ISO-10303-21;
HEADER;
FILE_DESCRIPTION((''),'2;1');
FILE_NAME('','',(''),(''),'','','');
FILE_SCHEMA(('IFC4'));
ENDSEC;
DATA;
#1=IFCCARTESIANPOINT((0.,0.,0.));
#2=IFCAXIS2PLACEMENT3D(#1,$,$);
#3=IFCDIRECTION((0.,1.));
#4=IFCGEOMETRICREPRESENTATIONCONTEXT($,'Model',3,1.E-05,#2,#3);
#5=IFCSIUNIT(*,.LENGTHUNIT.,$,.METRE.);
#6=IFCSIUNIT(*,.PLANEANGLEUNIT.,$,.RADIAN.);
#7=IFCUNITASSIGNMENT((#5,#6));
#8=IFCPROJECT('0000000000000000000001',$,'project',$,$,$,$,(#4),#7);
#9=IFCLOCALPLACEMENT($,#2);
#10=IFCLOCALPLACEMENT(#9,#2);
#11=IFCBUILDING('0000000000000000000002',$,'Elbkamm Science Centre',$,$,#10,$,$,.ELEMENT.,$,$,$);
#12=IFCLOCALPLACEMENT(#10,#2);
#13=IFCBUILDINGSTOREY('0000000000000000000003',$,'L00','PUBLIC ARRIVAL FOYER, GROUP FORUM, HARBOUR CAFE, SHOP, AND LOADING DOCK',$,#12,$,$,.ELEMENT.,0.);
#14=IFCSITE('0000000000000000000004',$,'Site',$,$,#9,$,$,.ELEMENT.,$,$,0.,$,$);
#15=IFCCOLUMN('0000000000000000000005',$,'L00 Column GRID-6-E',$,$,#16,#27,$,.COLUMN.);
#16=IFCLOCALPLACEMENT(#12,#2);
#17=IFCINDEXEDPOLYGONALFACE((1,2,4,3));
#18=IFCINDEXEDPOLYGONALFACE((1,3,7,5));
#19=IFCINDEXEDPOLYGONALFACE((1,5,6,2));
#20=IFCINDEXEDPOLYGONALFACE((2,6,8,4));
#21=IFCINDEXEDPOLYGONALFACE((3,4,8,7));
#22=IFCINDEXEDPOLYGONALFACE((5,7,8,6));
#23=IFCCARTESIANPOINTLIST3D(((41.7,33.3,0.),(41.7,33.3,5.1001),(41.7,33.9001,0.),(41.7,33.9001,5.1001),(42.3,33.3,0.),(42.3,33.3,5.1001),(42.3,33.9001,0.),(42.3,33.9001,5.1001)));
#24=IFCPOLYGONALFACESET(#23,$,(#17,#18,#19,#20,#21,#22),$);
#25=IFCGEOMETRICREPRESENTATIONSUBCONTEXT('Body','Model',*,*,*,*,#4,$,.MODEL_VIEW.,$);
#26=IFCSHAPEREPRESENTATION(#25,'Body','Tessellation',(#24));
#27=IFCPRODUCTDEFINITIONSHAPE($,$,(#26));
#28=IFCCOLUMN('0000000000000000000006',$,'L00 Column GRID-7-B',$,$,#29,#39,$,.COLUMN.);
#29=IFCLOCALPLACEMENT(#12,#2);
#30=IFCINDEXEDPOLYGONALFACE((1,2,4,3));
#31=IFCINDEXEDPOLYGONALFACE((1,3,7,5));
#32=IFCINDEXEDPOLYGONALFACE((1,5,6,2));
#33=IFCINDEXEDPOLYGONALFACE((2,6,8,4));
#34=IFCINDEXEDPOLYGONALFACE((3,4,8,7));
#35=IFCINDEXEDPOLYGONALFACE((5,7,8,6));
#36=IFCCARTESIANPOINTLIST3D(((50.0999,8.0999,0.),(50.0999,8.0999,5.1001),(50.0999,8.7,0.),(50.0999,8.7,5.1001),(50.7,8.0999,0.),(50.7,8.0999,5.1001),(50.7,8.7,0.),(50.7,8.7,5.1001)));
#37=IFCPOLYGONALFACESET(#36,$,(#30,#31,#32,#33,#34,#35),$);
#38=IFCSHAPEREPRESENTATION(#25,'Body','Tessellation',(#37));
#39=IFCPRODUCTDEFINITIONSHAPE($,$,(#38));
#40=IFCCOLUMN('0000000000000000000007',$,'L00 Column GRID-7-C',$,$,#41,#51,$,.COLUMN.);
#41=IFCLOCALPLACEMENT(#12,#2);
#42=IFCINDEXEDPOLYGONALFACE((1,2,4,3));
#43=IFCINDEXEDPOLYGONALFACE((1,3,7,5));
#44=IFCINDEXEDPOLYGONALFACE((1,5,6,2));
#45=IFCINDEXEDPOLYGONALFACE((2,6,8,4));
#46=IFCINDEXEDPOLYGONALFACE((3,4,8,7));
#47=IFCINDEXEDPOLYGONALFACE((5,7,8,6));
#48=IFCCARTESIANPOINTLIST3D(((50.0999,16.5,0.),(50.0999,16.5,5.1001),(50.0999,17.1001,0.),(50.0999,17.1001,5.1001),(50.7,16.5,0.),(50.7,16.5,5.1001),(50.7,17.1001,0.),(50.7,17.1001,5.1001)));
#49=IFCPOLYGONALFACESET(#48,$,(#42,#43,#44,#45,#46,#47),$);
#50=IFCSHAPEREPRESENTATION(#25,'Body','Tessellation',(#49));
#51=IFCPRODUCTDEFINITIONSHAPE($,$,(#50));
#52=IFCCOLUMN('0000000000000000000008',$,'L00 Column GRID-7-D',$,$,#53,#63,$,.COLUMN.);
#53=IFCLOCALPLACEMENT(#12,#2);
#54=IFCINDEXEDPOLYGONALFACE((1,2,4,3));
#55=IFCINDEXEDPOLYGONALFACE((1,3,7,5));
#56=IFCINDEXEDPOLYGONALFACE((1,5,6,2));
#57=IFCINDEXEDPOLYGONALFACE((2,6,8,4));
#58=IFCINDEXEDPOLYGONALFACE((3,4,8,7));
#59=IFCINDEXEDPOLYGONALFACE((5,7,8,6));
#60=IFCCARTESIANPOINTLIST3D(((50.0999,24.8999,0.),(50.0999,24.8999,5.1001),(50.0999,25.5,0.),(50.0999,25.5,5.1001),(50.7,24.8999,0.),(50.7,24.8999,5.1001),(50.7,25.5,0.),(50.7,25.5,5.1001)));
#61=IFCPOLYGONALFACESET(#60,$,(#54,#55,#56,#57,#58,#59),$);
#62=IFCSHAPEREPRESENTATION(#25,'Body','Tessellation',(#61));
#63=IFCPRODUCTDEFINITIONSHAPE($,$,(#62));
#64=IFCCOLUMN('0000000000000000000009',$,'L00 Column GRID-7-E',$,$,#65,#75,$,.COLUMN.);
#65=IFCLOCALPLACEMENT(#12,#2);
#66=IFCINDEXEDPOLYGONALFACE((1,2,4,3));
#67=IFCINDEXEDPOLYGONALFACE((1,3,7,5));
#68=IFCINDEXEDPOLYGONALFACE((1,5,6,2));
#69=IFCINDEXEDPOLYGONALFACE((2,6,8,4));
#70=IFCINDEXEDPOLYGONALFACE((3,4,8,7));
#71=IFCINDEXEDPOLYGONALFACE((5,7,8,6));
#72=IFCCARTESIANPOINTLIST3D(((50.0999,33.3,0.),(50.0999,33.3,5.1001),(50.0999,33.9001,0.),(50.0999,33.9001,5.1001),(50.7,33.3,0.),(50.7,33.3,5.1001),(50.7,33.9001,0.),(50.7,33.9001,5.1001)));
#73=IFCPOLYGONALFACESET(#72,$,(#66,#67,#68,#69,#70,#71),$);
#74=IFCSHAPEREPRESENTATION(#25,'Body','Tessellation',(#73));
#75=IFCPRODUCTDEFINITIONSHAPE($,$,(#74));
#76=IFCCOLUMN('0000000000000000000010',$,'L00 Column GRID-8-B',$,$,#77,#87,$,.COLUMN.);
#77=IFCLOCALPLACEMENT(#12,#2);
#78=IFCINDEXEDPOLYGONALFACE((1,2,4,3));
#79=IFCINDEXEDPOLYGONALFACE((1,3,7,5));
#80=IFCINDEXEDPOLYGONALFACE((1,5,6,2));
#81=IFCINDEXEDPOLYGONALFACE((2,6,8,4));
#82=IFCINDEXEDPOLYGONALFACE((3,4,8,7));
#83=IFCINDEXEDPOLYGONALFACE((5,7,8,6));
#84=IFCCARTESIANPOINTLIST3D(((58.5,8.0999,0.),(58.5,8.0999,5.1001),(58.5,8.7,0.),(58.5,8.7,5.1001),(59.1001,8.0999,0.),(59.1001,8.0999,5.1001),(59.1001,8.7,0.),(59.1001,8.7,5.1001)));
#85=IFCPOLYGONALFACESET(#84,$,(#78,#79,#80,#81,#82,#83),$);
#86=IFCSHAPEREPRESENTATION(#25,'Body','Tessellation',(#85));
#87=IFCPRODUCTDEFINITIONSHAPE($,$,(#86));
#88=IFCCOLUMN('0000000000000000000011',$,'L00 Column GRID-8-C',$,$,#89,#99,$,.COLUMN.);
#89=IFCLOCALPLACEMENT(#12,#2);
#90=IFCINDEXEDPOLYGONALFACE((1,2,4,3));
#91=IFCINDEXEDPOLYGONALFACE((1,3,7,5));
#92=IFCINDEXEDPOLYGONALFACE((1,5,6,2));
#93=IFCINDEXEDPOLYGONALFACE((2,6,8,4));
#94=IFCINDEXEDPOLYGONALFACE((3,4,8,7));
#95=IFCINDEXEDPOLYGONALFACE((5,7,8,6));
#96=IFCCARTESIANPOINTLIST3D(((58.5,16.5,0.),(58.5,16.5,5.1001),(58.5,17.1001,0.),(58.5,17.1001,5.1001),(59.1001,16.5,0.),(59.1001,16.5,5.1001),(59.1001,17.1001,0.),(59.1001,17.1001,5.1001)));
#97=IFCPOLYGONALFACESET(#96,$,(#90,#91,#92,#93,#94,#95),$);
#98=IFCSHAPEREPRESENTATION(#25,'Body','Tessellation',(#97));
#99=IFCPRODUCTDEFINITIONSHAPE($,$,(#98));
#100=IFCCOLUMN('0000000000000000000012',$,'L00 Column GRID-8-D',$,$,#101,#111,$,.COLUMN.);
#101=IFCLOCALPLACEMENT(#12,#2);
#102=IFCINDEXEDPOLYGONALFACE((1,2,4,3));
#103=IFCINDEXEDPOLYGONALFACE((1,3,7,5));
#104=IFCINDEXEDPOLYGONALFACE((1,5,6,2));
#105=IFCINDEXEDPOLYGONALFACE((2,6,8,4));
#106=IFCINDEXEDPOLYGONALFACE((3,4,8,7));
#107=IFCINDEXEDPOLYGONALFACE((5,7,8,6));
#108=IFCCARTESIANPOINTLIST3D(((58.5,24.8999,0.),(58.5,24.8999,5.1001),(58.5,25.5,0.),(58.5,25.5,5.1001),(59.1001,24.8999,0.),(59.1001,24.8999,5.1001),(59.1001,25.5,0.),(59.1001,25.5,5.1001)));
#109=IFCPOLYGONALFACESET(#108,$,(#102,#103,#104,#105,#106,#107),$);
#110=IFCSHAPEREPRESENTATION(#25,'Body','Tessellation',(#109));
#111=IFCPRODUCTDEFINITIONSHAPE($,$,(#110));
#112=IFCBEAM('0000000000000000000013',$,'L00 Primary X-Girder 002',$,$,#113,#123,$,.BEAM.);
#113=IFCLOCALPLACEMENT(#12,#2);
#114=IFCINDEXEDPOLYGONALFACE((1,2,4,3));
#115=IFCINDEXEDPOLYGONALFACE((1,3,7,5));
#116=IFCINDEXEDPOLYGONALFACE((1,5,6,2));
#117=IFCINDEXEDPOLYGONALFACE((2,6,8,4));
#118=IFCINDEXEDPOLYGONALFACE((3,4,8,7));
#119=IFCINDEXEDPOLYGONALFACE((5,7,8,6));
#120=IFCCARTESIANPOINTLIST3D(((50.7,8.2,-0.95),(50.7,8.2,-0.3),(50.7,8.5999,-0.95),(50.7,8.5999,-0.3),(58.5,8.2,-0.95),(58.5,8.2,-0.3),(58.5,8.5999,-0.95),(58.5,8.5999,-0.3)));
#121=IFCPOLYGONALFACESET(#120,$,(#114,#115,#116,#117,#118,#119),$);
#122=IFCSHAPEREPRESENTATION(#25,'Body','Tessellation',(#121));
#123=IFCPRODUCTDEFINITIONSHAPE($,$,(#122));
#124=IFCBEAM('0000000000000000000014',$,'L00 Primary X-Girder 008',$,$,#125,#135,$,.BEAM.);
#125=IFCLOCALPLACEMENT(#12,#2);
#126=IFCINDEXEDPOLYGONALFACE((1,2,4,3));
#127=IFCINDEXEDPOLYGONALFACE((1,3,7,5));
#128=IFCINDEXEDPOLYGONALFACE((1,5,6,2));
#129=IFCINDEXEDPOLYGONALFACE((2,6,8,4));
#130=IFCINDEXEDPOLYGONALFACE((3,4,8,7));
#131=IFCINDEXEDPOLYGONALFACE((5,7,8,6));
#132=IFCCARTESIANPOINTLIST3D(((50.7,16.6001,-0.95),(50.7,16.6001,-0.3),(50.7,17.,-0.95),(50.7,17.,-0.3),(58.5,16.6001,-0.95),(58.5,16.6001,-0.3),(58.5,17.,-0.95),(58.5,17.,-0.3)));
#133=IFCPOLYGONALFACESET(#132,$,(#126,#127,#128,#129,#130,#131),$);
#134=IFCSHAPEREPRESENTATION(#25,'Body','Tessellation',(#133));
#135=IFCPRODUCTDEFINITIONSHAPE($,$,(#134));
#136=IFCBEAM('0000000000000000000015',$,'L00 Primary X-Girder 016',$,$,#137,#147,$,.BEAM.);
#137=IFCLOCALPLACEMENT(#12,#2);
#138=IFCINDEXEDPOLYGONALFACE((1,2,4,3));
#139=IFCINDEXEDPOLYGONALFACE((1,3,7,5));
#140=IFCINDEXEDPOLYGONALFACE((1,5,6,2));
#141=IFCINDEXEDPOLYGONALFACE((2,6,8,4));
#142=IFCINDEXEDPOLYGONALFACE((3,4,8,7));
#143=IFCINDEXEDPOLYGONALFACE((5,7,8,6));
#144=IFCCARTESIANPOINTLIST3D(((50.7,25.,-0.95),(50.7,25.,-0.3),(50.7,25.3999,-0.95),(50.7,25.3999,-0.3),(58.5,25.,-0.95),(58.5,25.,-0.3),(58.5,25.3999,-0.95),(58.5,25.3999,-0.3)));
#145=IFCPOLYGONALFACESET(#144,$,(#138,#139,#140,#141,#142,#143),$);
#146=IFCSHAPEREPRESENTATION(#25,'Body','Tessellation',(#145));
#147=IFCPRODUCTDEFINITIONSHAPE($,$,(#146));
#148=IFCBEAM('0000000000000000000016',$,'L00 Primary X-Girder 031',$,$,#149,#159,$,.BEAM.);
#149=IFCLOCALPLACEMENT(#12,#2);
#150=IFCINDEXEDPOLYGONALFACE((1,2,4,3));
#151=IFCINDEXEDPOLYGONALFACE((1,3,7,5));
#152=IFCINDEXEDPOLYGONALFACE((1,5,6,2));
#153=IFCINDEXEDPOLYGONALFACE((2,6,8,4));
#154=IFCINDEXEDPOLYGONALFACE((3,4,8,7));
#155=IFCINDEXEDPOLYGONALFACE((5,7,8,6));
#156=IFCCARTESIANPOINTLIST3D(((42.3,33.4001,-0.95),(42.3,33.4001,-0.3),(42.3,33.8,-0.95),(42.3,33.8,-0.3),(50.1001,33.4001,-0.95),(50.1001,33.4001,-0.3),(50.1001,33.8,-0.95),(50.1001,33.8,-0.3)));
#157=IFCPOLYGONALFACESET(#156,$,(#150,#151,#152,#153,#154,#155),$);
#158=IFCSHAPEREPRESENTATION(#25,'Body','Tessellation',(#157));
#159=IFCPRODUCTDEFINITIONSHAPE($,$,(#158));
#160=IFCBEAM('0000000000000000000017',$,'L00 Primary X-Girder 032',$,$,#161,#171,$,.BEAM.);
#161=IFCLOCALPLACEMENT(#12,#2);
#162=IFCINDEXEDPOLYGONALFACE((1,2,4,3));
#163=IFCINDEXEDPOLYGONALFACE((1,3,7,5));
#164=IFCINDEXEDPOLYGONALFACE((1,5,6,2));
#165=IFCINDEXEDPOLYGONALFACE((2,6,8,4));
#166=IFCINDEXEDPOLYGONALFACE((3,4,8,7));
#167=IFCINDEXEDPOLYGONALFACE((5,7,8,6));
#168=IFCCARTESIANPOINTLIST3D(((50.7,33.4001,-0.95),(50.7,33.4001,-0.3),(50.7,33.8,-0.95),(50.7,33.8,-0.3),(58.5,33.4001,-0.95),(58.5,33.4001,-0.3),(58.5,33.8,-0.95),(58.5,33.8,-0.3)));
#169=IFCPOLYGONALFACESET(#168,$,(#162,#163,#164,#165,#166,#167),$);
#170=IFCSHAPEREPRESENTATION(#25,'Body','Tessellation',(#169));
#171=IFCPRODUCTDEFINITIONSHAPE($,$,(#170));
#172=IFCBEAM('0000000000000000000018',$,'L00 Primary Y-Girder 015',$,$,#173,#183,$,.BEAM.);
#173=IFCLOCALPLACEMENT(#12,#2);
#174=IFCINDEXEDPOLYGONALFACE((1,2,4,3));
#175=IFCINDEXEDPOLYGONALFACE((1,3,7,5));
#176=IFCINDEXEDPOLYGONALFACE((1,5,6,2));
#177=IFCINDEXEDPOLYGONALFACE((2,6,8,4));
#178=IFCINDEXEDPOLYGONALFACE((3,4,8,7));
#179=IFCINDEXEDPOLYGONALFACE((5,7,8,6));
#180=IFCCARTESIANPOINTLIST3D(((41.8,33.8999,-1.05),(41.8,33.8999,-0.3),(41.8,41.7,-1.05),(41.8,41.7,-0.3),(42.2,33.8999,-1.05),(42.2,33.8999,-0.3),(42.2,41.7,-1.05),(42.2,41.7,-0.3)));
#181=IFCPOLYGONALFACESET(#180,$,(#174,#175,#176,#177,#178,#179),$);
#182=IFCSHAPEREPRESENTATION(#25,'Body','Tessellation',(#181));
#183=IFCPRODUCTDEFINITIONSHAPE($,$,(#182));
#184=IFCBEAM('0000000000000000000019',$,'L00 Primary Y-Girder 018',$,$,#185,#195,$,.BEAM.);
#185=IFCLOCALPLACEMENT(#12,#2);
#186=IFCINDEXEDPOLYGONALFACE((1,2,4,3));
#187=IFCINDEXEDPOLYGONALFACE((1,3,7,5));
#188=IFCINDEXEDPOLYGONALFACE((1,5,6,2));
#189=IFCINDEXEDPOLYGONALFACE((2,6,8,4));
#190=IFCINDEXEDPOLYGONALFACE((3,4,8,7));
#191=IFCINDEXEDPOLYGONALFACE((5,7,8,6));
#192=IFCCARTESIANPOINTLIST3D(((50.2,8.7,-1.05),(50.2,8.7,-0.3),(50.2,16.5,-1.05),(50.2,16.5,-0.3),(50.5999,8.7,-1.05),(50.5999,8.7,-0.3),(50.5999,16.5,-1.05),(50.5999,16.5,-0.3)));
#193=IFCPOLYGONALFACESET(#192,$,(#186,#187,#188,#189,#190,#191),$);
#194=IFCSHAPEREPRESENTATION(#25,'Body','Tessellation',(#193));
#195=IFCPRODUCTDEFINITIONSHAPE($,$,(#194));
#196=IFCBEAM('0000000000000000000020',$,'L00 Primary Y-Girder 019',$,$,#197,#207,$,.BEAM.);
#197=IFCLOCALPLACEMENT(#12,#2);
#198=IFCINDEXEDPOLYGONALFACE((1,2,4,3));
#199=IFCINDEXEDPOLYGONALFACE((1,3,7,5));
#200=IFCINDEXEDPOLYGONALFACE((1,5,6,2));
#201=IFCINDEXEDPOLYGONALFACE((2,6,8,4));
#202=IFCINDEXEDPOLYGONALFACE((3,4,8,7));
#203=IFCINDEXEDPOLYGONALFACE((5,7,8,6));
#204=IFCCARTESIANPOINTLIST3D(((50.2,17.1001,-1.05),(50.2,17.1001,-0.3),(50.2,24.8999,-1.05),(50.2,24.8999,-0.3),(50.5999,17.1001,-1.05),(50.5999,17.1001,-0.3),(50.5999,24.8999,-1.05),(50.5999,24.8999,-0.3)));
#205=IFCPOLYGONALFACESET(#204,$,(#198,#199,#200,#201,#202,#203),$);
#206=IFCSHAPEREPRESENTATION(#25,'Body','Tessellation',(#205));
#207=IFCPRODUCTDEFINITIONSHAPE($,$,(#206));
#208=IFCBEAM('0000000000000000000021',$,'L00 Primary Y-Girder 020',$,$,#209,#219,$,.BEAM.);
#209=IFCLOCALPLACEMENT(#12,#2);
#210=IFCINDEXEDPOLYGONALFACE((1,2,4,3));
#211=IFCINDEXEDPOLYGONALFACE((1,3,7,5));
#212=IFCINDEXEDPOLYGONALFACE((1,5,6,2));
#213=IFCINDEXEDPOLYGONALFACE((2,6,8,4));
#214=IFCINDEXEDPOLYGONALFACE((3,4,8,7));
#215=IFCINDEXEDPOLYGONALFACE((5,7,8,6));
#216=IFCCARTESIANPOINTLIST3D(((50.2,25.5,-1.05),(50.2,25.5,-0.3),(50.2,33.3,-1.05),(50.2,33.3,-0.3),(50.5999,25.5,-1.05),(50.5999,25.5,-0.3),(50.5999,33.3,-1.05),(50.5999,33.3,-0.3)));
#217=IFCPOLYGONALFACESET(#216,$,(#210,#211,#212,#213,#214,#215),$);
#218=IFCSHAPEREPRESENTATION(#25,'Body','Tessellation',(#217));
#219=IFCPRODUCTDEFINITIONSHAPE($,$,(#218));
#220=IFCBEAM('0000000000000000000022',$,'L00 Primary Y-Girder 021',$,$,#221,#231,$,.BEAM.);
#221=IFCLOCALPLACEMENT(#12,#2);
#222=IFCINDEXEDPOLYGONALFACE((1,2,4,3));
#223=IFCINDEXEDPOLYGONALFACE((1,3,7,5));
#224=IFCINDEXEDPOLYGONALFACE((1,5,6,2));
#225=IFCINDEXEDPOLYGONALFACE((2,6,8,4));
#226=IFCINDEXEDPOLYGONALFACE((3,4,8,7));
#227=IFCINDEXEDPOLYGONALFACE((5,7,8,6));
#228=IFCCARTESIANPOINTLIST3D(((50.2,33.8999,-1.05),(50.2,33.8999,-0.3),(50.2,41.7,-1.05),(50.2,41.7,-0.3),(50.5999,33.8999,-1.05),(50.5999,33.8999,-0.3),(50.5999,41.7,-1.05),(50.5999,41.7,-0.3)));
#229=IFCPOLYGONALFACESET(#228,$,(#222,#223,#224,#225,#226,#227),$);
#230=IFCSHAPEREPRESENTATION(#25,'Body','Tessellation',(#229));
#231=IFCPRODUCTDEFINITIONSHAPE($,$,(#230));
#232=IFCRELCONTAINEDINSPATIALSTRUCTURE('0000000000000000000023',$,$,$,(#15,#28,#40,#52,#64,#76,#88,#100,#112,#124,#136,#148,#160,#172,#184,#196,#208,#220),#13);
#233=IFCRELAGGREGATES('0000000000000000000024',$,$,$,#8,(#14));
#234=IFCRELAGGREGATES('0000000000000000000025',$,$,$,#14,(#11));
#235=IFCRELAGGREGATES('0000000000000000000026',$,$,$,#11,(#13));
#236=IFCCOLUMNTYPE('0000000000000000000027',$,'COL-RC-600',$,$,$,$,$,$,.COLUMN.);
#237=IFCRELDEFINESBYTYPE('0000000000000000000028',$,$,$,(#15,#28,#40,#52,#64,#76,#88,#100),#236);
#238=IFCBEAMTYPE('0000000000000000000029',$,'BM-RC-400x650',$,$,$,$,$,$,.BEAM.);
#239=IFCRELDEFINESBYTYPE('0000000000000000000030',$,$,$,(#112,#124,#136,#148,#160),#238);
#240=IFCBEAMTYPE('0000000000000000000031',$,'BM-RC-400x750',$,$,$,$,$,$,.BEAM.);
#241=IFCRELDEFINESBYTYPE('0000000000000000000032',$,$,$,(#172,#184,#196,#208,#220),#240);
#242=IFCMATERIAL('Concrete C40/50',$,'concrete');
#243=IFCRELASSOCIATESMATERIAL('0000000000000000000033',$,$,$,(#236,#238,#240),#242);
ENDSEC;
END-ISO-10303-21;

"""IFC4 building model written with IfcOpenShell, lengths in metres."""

from ifc_helpers import new_model, si_unit, direction, frame, origin, origin_2d, place, context, subcontext, project, spatial, rectangle, extrude, material, material_profile, profile_set, type_object, element, save


model = new_model("IFC4")

# Units and contexts
model_context = context("Model", 3, precision=1e-05, world=origin(), true_north=direction((0.0, 1.0)))
body_context = subcontext(model_context, "Body", "Model", "MODEL_VIEW")
ifc_project = project(units=[si_unit("LENGTHUNIT", "METRE"), si_unit("PLANEANGLEUNIT", "RADIAN")], contexts=[model_context])

# Site, building, storey
site_placement = place(None, origin())
site = spatial("IfcSite", under=ifc_project, at=site_placement, Name="Site", CompositionType="ELEMENT", RefElevation=0.0)
building_placement = place(site_placement, origin())
building = spatial("IfcBuilding", under=site, at=building_placement, Name="Elbkamm Science Centre", CompositionType="ELEMENT")
storey_placement = place(building_placement, origin())
storey = spatial("IfcBuildingStorey", under=building, at=storey_placement, Name="L00", Description="PUBLIC ARRIVAL FOYER, GROUP FORUM, HARBOUR CAFE, SHOP, AND LOADING DOCK", CompositionType="ELEMENT", Elevation=0.0)

# Columns
ifc_material_1 = material(Name="Concrete C40/50", Category="concrete")
ifc_material_profile_1 = material_profile(ifc_material_1, rectangle(XDim=0.6001, YDim=0.6001, at=origin_2d()), Name="RC 600x600")
ifc_profile_set_1 = profile_set([ifc_material_profile_1], Name="Concrete C40/50")
column_type_1 = type_object("IfcColumnType", Name="COL-RC-600", PredefinedType="COLUMN", material=ifc_profile_set_1)
for number, where, z_axis, x_axis, name in (
    (1, (42.0, 33.6001, 0.0), (0.0, 0.0, 1.0), (1.0, 0.0, 0.0), "L00 Column GRID-6-E"),
    (2, (50.3999, 8.3999, 0.0), (0.0, 0.0, 1.0), (1.0, 0.0, 0.0), "L00 Column GRID-7-B"),
    (3, (50.3999, 16.8, 0.0), (0.0, 0.0, 1.0), (1.0, 0.0, 0.0), "L00 Column GRID-7-C"),
    (4, (50.3999, 25.2, 0.0), (0.0, 0.0, 1.0), (1.0, 0.0, 0.0), "L00 Column GRID-7-D"),
    (5, (50.3999, 33.6001, 0.0), (0.0, 0.0, 1.0), (1.0, 0.0, 0.0), "L00 Column GRID-7-E"),
    (6, (58.8, 8.3999, 0.0), (0.0, 0.0, 1.0), (1.0, 0.0, 0.0), "L00 Column GRID-8-B"),
    (7, (58.8, 16.8, 0.0), (0.0, 0.0, 1.0), (1.0, 0.0, 0.0), "L00 Column GRID-8-C"),
    (8, (58.8, 25.2, 0.0), (0.0, 0.0, 1.0), (1.0, 0.0, 0.0), "L00 Column GRID-8-D"),
):
    element("IfcColumn", number, at=place(storey_placement, frame(where, z_axis=z_axis, x_axis=x_axis)), inside=storey, type_object=column_type_1, Name=name, PredefinedType="COLUMN", context=body_context, shape_type="SweptSolid", body=[
        extrude(rectangle(XDim=0.6001, YDim=0.6001, at=origin_2d()), origin(), (0.0, 0.0, 1.0), 5.1001),
    ])

# Beams
ifc_material_profile_2 = material_profile(ifc_material_1, rectangle(XDim=0.3999, YDim=0.6499, at=origin_2d()), Name="RC 400x650")
ifc_profile_set_2 = profile_set([ifc_material_profile_2], Name="Concrete C40/50")
beam_type_1 = type_object("IfcBeamType", Name="BM-RC-400x650", PredefinedType="BEAM", material=ifc_profile_set_2)
for number, where, z_axis, x_axis, name in (
    (9, (50.7, 8.3999, -0.625), (1.0, 0.0, 0.0), (0.0, 1.0, 0.0), "L00 Primary X-Girder 002"),
    (10, (50.7, 16.8, -0.625), (1.0, 0.0, 0.0), (0.0, 1.0, 0.0), "L00 Primary X-Girder 008"),
    (11, (50.7, 25.2, -0.625), (1.0, 0.0, 0.0), (0.0, 1.0, 0.0), "L00 Primary X-Girder 016"),
    (12, (42.3, 33.6001, -0.625), (1.0, 0.0, 0.0), (0.0, 1.0, 0.0), "L00 Primary X-Girder 031"),
    (13, (50.7, 33.6001, -0.625), (1.0, 0.0, 0.0), (0.0, 1.0, 0.0), "L00 Primary X-Girder 032"),
):
    element("IfcBeam", number, at=place(storey_placement, frame(where, z_axis=z_axis, x_axis=x_axis)), inside=storey, type_object=beam_type_1, Name=name, PredefinedType="BEAM", context=body_context, shape_type="SweptSolid", body=[
        extrude(rectangle(XDim=0.3999, YDim=0.6499, at=origin_2d()), origin(), (0.0, 0.0, 1.0), 7.8),
    ])
ifc_material_profile_3 = material_profile(ifc_material_1, rectangle(XDim=0.3999, YDim=0.75, at=origin_2d()), Name="RC 400x750")
ifc_profile_set_3 = profile_set([ifc_material_profile_3], Name="Concrete C40/50")
beam_type_2 = type_object("IfcBeamType", Name="BM-RC-400x750", PredefinedType="BEAM", material=ifc_profile_set_3)
for number, where, z_axis, x_axis, name in (
    (14, (42.0, 33.8999, -0.675), (0.0, 1.0, 0.0), (-1.0, 0.0, 0.0), "L00 Primary Y-Girder 015"),
    (15, (50.3999, 8.7, -0.675), (0.0, 1.0, 0.0), (-1.0, 0.0, 0.0), "L00 Primary Y-Girder 018"),
):
    element("IfcBeam", number, at=place(storey_placement, frame(where, z_axis=z_axis, x_axis=x_axis)), inside=storey, type_object=beam_type_2, Name=name, PredefinedType="BEAM", context=body_context, shape_type="SweptSolid", body=[
        extrude(rectangle(XDim=0.3999, YDim=0.75, at=origin_2d()), origin(), (0.0, 0.0, 1.0), 7.8),
    ])
beam_placement = place(storey_placement, frame((50.3999, 17.1001, -0.675), z_axis=(0.0, 1.0, 0.0), x_axis=(-1.0, 0.0, 0.0)))
element("IfcBeam", 16, at=beam_placement, inside=storey, type_object=beam_type_2, Name="L00 Primary Y-Girder 019", PredefinedType="BEAM", context=body_context, shape_type="SweptSolid", body=[
    extrude(rectangle(XDim=0.3999, YDim=0.75, at=origin_2d()), origin(), (0.0, 0.0, 1.0), 7.7998),
])
for number, where, z_axis, x_axis, name in (
    (17, (50.3999, 25.5, -0.675), (0.0, 1.0, 0.0), (-1.0, 0.0, 0.0), "L00 Primary Y-Girder 020"),
    (18, (50.3999, 33.8999, -0.675), (0.0, 1.0, 0.0), (-1.0, 0.0, 0.0), "L00 Primary Y-Girder 021"),
):
    element("IfcBeam", number, at=place(storey_placement, frame(where, z_axis=z_axis, x_axis=x_axis)), inside=storey, type_object=beam_type_2, Name=name, PredefinedType="BEAM", context=body_context, shape_type="SweptSolid", body=[
        extrude(rectangle(XDim=0.3999, YDim=0.75, at=origin_2d()), origin(), (0.0, 0.0, 1.0), 7.8),
    ])

save(model, "model.ifc")
